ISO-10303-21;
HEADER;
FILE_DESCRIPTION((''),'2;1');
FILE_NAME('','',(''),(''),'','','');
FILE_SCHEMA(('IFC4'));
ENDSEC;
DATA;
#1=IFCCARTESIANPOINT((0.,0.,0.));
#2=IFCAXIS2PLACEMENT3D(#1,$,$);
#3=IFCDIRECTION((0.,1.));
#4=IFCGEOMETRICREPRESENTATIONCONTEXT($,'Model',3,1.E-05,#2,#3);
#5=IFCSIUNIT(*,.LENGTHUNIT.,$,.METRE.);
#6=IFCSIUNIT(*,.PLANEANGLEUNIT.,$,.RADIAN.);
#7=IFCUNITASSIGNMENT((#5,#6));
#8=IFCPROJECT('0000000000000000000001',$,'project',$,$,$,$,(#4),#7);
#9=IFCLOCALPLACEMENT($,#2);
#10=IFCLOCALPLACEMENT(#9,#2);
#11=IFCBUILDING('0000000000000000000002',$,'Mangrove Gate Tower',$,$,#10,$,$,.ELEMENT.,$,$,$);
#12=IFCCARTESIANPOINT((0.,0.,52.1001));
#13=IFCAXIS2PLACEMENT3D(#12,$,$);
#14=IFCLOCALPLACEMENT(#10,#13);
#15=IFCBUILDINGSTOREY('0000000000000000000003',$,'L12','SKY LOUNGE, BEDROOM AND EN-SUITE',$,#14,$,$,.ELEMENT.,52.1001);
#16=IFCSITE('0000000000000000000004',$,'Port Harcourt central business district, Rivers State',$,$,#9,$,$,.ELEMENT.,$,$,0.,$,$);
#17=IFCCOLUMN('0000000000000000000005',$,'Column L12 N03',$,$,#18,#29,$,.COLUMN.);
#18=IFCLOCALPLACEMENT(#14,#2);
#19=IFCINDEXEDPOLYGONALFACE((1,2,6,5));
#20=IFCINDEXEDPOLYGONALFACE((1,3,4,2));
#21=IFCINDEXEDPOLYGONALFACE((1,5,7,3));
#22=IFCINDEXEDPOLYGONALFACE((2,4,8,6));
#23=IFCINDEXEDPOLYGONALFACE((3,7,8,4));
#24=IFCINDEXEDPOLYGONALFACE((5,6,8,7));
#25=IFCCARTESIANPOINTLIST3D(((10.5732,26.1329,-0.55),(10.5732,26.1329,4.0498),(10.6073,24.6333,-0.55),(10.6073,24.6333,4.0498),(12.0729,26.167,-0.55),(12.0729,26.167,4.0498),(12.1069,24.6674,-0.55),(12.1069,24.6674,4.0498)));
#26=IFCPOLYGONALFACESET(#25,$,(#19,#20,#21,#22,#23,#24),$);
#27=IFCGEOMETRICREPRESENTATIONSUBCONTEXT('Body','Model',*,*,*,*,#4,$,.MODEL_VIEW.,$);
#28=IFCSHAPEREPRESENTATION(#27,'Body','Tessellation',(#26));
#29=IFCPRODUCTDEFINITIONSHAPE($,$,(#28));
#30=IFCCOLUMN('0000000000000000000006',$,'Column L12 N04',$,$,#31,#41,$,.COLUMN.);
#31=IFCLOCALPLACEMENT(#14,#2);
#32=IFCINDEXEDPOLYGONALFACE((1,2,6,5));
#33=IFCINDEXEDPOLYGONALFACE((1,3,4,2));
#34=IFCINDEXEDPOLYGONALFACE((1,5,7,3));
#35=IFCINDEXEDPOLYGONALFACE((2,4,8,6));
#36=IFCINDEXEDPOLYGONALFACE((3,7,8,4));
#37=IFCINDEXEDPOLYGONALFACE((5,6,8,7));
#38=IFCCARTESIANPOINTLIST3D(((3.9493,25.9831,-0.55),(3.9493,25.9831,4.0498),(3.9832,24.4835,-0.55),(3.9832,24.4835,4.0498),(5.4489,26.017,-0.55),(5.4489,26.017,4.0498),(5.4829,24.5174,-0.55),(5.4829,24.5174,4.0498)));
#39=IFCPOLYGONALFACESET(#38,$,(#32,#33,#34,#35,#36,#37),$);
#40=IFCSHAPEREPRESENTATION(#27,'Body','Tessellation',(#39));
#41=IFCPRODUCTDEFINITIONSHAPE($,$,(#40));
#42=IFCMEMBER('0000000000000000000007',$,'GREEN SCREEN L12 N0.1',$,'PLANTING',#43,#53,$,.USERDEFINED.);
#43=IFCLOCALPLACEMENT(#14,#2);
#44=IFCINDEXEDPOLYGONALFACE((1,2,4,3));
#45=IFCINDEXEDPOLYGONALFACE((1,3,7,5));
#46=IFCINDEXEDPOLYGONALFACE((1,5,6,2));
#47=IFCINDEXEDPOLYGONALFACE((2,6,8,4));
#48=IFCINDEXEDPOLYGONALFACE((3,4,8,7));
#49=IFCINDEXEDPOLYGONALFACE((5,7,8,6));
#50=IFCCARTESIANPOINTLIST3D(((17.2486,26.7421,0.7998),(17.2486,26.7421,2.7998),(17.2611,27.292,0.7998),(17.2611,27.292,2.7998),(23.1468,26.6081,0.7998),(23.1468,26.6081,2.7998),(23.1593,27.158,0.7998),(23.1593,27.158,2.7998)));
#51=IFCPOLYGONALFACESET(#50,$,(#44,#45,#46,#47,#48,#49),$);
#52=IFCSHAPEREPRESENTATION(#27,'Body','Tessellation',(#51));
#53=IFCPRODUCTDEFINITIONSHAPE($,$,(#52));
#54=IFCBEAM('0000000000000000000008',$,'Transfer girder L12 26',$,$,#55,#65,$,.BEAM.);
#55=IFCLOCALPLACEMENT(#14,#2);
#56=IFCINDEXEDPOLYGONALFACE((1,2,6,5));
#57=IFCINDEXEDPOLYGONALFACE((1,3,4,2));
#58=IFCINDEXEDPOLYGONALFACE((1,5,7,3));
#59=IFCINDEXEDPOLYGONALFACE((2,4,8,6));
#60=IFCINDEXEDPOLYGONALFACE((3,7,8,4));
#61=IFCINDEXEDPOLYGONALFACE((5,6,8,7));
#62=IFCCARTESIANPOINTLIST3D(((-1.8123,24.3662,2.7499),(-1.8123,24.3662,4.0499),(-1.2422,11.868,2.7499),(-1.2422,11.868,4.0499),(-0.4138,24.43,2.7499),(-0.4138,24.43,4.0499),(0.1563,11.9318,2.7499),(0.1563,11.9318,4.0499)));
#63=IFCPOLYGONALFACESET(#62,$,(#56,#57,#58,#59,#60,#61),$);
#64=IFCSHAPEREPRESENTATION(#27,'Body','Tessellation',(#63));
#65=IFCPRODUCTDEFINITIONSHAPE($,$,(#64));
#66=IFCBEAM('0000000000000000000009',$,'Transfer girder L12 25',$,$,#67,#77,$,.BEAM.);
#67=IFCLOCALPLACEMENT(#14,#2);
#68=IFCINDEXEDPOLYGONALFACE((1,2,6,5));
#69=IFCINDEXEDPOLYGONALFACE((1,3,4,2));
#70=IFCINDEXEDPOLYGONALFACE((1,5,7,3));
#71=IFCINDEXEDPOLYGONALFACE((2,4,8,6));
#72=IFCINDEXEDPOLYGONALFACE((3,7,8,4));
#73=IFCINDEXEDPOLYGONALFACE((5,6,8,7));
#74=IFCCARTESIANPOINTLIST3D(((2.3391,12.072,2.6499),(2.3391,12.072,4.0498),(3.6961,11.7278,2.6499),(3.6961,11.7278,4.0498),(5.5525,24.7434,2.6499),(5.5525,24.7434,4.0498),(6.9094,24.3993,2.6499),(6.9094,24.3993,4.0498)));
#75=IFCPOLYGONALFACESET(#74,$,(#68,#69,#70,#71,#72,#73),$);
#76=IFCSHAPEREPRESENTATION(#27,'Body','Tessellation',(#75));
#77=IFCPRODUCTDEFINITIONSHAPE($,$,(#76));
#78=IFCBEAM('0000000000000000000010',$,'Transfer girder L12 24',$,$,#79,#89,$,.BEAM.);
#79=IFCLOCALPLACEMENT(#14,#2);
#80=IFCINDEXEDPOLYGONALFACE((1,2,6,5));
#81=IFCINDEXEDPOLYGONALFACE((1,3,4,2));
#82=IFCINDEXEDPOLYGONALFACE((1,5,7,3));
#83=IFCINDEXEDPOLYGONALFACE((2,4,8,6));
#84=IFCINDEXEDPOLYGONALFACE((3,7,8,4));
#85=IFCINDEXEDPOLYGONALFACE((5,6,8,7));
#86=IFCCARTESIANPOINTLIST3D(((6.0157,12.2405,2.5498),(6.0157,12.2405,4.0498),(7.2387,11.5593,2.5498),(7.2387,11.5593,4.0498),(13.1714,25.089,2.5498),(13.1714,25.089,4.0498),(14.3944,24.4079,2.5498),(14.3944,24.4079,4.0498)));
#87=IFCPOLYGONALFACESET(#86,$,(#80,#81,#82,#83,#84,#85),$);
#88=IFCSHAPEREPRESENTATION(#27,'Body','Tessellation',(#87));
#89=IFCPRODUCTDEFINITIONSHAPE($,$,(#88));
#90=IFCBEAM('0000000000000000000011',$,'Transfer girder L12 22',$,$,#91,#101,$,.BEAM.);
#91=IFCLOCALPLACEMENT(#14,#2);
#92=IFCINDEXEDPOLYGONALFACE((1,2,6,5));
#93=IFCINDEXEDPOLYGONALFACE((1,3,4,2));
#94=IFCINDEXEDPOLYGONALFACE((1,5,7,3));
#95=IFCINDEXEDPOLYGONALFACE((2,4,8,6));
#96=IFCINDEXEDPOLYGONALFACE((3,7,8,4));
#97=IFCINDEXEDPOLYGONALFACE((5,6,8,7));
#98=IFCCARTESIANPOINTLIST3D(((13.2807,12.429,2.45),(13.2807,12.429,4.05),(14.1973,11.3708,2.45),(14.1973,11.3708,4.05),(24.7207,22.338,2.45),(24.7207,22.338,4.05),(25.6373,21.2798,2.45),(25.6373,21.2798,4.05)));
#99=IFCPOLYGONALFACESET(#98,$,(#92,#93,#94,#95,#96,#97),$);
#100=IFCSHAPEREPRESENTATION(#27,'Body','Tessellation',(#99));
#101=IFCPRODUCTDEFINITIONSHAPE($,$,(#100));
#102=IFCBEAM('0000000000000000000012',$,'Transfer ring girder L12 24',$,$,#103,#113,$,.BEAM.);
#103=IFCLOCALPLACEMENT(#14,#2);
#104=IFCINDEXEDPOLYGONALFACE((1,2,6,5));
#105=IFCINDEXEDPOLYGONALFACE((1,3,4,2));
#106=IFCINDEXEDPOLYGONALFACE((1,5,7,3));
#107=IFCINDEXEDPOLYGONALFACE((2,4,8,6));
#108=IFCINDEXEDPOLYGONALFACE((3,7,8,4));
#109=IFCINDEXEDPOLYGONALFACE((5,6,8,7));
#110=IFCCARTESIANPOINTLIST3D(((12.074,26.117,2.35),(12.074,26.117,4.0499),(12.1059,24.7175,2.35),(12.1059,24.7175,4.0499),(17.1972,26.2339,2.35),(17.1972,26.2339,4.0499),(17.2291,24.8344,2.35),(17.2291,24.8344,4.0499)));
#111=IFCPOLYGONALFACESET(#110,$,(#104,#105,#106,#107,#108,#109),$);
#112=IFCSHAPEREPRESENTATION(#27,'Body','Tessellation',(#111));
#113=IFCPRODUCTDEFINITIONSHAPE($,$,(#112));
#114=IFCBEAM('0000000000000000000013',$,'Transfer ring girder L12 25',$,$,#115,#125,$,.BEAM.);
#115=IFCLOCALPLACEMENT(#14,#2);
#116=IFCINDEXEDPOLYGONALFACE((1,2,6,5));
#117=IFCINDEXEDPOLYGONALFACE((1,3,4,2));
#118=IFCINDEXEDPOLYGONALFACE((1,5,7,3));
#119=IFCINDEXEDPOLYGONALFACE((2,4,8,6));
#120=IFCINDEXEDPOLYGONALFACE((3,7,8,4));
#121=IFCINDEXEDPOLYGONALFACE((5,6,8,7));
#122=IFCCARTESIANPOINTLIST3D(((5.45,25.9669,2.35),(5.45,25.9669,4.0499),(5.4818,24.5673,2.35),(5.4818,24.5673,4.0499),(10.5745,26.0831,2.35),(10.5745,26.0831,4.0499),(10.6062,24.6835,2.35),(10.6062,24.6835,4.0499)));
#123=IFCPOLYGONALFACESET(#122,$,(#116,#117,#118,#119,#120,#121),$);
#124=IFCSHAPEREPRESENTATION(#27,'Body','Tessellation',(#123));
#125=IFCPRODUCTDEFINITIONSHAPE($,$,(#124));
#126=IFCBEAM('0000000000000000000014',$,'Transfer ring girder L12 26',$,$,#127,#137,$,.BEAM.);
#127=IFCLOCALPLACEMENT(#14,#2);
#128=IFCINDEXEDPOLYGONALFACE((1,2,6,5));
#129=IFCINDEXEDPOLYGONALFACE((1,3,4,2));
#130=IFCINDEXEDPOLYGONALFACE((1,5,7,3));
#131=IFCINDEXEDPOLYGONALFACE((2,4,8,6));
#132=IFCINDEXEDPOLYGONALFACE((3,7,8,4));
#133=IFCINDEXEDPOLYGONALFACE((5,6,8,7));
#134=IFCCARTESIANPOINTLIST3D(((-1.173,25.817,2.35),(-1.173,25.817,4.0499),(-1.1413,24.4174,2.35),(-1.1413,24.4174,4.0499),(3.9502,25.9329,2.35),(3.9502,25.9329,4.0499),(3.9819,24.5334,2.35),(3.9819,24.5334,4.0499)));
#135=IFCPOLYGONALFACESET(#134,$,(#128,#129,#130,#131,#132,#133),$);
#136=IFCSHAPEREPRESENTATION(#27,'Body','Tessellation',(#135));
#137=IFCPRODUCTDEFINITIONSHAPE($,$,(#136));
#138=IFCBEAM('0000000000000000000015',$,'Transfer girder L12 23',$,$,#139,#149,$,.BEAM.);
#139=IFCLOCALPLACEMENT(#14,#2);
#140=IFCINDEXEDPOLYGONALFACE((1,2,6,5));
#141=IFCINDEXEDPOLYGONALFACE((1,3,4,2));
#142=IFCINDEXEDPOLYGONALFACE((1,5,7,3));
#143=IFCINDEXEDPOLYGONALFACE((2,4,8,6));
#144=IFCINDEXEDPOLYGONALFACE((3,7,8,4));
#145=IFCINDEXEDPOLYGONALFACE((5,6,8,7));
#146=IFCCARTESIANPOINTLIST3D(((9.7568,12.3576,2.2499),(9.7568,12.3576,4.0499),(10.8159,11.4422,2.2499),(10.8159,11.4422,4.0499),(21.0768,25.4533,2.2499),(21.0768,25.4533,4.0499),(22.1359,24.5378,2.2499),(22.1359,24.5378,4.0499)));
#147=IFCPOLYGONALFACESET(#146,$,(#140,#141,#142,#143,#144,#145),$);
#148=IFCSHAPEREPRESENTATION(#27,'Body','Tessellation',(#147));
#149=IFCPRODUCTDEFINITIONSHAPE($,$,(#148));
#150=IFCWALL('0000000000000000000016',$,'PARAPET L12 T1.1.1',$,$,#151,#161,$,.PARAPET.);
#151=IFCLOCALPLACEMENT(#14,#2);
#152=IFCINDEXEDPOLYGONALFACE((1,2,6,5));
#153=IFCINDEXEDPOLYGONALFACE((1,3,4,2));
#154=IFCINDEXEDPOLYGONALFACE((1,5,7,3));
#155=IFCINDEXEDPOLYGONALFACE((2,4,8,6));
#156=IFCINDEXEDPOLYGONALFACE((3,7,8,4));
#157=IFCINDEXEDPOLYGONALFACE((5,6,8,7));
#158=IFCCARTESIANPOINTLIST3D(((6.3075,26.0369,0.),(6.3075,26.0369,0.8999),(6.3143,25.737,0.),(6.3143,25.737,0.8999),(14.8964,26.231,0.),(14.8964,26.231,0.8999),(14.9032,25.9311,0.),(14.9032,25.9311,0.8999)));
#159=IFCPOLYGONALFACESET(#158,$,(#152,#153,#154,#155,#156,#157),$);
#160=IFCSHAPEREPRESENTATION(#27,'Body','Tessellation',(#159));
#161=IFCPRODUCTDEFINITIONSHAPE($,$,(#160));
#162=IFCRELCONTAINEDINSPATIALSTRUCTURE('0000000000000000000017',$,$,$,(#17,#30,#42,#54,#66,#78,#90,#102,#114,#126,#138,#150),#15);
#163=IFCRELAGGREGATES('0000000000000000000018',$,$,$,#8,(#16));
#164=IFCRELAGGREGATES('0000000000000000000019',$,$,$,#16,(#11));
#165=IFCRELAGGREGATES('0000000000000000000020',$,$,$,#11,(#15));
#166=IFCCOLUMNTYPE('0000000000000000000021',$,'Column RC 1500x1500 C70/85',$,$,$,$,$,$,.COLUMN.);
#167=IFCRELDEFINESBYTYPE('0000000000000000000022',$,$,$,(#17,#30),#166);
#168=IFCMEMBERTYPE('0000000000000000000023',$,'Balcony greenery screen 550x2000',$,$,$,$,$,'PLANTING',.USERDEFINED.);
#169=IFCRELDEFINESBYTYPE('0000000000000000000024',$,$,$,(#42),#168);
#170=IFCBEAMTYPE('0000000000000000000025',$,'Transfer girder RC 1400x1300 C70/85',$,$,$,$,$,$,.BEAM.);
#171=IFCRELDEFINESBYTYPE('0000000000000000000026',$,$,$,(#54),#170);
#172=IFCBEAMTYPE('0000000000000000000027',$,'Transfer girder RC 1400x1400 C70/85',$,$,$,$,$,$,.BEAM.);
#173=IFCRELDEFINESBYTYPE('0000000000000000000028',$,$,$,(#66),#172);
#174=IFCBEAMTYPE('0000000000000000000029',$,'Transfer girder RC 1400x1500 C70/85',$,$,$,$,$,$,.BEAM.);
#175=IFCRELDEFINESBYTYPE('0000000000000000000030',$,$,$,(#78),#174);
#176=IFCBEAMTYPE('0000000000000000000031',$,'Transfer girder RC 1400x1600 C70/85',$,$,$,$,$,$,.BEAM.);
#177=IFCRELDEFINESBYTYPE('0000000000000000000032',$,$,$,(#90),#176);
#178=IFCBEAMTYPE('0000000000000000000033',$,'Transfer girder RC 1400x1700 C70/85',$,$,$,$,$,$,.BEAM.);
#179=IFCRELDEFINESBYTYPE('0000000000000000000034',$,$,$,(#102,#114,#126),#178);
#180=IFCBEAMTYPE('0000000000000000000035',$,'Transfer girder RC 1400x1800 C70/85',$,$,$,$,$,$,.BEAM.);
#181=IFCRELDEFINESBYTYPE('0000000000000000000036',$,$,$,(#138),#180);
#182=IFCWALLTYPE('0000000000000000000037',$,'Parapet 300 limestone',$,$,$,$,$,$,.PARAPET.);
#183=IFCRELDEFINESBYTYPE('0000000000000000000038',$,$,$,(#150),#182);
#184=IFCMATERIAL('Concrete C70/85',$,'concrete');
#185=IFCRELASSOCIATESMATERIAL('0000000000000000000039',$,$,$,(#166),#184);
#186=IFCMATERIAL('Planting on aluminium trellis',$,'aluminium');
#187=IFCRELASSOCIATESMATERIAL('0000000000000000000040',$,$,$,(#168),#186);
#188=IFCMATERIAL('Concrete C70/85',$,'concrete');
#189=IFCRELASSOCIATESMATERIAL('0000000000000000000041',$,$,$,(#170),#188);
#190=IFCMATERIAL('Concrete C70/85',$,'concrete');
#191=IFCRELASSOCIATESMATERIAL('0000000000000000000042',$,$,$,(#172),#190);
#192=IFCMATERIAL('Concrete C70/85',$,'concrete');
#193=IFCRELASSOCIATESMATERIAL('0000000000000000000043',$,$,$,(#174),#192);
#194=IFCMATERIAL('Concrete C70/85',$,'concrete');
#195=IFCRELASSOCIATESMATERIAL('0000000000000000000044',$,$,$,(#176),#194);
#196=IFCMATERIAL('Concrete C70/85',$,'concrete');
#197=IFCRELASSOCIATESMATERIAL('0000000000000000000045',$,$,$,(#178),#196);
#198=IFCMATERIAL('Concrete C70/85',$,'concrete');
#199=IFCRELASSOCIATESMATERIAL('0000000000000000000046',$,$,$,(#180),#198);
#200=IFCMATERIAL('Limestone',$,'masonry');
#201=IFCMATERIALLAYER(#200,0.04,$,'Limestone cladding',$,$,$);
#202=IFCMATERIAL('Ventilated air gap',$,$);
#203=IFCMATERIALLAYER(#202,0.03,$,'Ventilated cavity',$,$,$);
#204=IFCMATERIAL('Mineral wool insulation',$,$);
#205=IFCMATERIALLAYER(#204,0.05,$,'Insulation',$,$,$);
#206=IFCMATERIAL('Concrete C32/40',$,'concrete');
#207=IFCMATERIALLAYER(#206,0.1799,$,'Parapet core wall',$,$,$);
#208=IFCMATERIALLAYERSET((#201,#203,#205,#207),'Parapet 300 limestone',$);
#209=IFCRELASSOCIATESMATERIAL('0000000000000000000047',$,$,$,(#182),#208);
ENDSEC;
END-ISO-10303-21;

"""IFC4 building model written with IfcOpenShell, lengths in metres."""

from ifc_helpers import new_model, si_unit, direction, frame, frame_2d, origin, origin_2d, place, context, subcontext, project, spatial, rectangle, extrude, material, layer, layer_set, material_profile, profile_set, type_object, element, save


model = new_model("IFC4")

# Units and contexts
model_context = context("Model", 3, precision=1e-05, world=origin(), true_north=direction((0.0, 1.0)))
body_context = subcontext(model_context, "Body", "Model", "MODEL_VIEW")
ifc_project = project(units=[si_unit("LENGTHUNIT", "METRE"), si_unit("PLANEANGLEUNIT", "RADIAN")], contexts=[model_context])

# Site, building, storey
site_placement = place(None, origin())
site = spatial("IfcSite", under=ifc_project, at=site_placement, Name="Port Harcourt central business district, Rivers State", CompositionType="ELEMENT", RefElevation=0.0)
building_placement = place(site_placement, origin())
building = spatial("IfcBuilding", under=site, at=building_placement, Name="Mangrove Gate Tower", CompositionType="ELEMENT")
storey_placement = place(building_placement, frame((0.0, 0.0, 52.1001)))
storey = spatial("IfcBuildingStorey", under=building, at=storey_placement, Name="L12", Description="SKY LOUNGE, BEDROOM AND EN-SUITE", CompositionType="ELEMENT", Elevation=52.1001)

# Columns
ifc_material_1 = material(Name="Concrete C70/85", Category="concrete")
ifc_material_profile_1 = material_profile(ifc_material_1, rectangle(XDim=1.5, YDim=1.5, at=origin_2d()))
ifc_profile_set_1 = profile_set([ifc_material_profile_1], Name="Concrete C70/85")
column_type = type_object("IfcColumnType", Name="Column RC 1500x1500 C70/85", PredefinedType="COLUMN", material=ifc_profile_set_1)
for number, where, z_axis, x_axis, name in (
    (1, (11.3401, 25.4001, -0.55), (0.0, 0.0, 1.0), (-0.999742, -0.022716, 0.0), "Column L12 N03"),
    (2, (4.7161, 25.2502, -0.55), (0.0, 0.0, 1.0), (-0.999744, -0.022641, 0.0), "Column L12 N04"),
):
    element("IfcColumn", number, at=place(storey_placement, frame(where, z_axis=z_axis, x_axis=x_axis)), inside=storey, type_object=column_type, Name=name, PredefinedType="COLUMN", context=body_context, shape_type="SweptSolid", body=[
        extrude(rectangle(XDim=1.5, YDim=1.5, at=origin_2d()), origin(), (0.0, 0.0, 1.0), 4.5999),
    ])

# Member
ifc_material_2 = material(Name="Planting on aluminium trellis", Category="aluminium")
ifc_material_profile_2 = material_profile(ifc_material_2, rectangle(XDim=0.55, YDim=2.0, at=origin_2d()))
ifc_profile_set_2 = profile_set([ifc_material_profile_2], Name="Planting on aluminium trellis")
member_type = type_object("IfcMemberType", Name="Balcony greenery screen 550x2000", ElementType="PLANTING", PredefinedType="USERDEFINED", material=ifc_profile_set_2)
member_placement = place(storey_placement, frame((17.2549, 27.0171, 1.7998), z_axis=(0.999742, -0.022719, 0.0), x_axis=(0.022719, 0.999742, 0.0)))
element("IfcMember", 3, at=member_placement, inside=storey, type_object=member_type, Name="GREEN SCREEN L12 N0.1", ObjectType="PLANTING", PredefinedType="USERDEFINED", context=body_context, shape_type="SweptSolid", body=[
    extrude(rectangle(XDim=0.55, YDim=2.0, at=origin_2d()), origin(), (0.0, 0.0, 1.0), 5.8997),
])

# Beams
ifc_material_3 = material(Name="Concrete C70/85", Category="concrete")
ifc_material_profile_3 = material_profile(ifc_material_3, rectangle(XDim=1.3999, YDim=1.3, at=origin_2d()))
ifc_profile_set_3 = profile_set([ifc_material_profile_3], Name="Concrete C70/85")
beam_type_1 = type_object("IfcBeamType", Name="Transfer girder RC 1400x1300 C70/85", PredefinedType="BEAM", material=ifc_profile_set_3)
beam_1_placement = place(storey_placement, frame((-0.543, 11.8999, 3.3999), z_axis=(-0.045564, 0.998961, 0.0), x_axis=(-0.998961, -0.045564, 0.0)))
element("IfcBeam", 4, at=beam_1_placement, inside=storey, type_object=beam_type_1, Name="Transfer girder L12 26", PredefinedType="BEAM", context=body_context, shape_type="SweptSolid", body=[
    extrude(rectangle(XDim=1.3999, YDim=1.3, at=origin_2d()), origin(), (0.0, 0.0, 1.0), 12.5112),
])
ifc_material_4 = material(Name="Concrete C70/85", Category="concrete")
ifc_material_profile_4 = material_profile(ifc_material_4, rectangle(XDim=1.3999, YDim=1.3999, at=origin_2d()))
ifc_profile_set_4 = profile_set([ifc_material_profile_4], Name="Concrete C70/85")
beam_type_2 = type_object("IfcBeamType", Name="Transfer girder RC 1400x1400 C70/85", PredefinedType="BEAM", material=ifc_profile_set_4)
beam_2_placement = place(storey_placement, frame((3.0176, 11.8999, 3.3499), z_axis=(0.245812, 0.969317, 0.0), x_axis=(-0.969317, 0.245812, 0.0)))
element("IfcBeam", 5, at=beam_2_placement, inside=storey, type_object=beam_type_2, Name="Transfer girder L12 25", PredefinedType="BEAM", context=body_context, shape_type="SweptSolid", body=[
    extrude(rectangle(XDim=1.3999, YDim=1.3999, at=origin_2d()), origin(), (0.0, 0.0, 1.0), 13.0725),
])
ifc_material_5 = material(Name="Concrete C70/85", Category="concrete")
ifc_material_profile_5 = material_profile(ifc_material_5, rectangle(XDim=1.3999, YDim=1.5, at=origin_2d()))
ifc_profile_set_5 = profile_set([ifc_material_profile_5], Name="Concrete C70/85")
beam_type_3 = type_object("IfcBeamType", Name="Transfer girder RC 1400x1500 C70/85", PredefinedType="BEAM", material=ifc_profile_set_5)
beam_3_placement = place(storey_placement, frame((6.6272, 11.8999, 3.2998), z_axis=(0.486559, 0.873648, 0.0), x_axis=(-0.873648, 0.486559, 0.0)))
element("IfcBeam", 6, at=beam_3_placement, inside=storey, type_object=beam_type_3, Name="Transfer girder L12 24", PredefinedType="BEAM", context=body_context, shape_type="SweptSolid", body=[
    extrude(rectangle(XDim=1.3999, YDim=1.5, at=origin_2d()), origin(), (0.0, 0.0, 1.0), 14.7068),
])
ifc_material_6 = material(Name="Concrete C70/85", Category="concrete")
ifc_material_profile_6 = material_profile(ifc_material_6, rectangle(XDim=1.3999, YDim=1.6001, at=origin_2d()))
ifc_profile_set_6 = profile_set([ifc_material_profile_6], Name="Concrete C70/85")
beam_type_4 = type_object("IfcBeamType", Name="Transfer girder RC 1400x1600 C70/85", PredefinedType="BEAM", material=ifc_profile_set_6)
beam_4_placement = place(storey_placement, frame((13.739, 11.8999, 3.25), z_axis=(0.755875, 0.654716, 0.0), x_axis=(-0.654716, 0.755875, 0.0)))
element("IfcBeam", 7, at=beam_4_placement, inside=storey, type_object=beam_type_4, Name="Transfer girder L12 22", PredefinedType="BEAM", context=body_context, shape_type="SweptSolid", body=[
    extrude(rectangle(XDim=1.3999, YDim=1.6001, at=origin_2d()), origin(), (0.0, 0.0, 1.0), 15.1348),
])
ifc_material_7 = material(Name="Concrete C70/85", Category="concrete")
ifc_material_profile_7 = material_profile(ifc_material_7, rectangle(XDim=1.3999, YDim=1.7, at=origin_2d()))
ifc_profile_set_7 = profile_set([ifc_material_profile_7], Name="Concrete C70/85")
beam_type_5 = type_object("IfcBeamType", Name="Transfer girder RC 1400x1700 C70/85", PredefinedType="BEAM", material=ifc_profile_set_7)
beam_5_placement = place(storey_placement, frame((17.2131, 25.5342, 3.2), z_axis=(-0.99974, -0.02282, 0.0), x_axis=(0.02282, -0.99974, 0.0)))
element("IfcBeam", 8, at=beam_5_placement, inside=storey, type_object=beam_type_5, Name="Transfer ring girder L12 24", PredefinedType="BEAM", context=body_context, shape_type="SweptSolid", body=[
    extrude(rectangle(XDim=1.3999, YDim=1.7, at=origin_2d()), origin(), (0.0, 0.0, 1.0), 5.1245),
])
beam_6_placement = place(storey_placement, frame((10.5903, 25.3833, 3.2), z_axis=(-0.999743, -0.022672, 0.0), x_axis=(0.022672, -0.999743, 0.0)))
element("IfcBeam", 9, at=beam_6_placement, inside=storey, type_object=beam_type_5, Name="Transfer ring girder L12 25", PredefinedType="BEAM", context=body_context, shape_type="SweptSolid", body=[
    extrude(rectangle(XDim=1.3999, YDim=1.7, at=origin_2d()), origin(), (0.0, 0.0, 1.0), 5.1257),
])
beam_7_placement = place(storey_placement, frame((3.9661, 25.2332, 3.2), z_axis=(-0.999744, -0.022629, 0.0), x_axis=(0.022629, -0.999744, 0.0)))
element("IfcBeam", 10, at=beam_7_placement, inside=storey, type_object=beam_type_5, Name="Transfer ring girder L12 26", PredefinedType="BEAM", context=body_context, shape_type="SweptSolid", body=[
    extrude(rectangle(XDim=1.3999, YDim=1.7, at=origin_2d()), origin(), (0.0, 0.0, 1.0), 5.1245),
])
ifc_material_8 = material(Name="Concrete C70/85", Category="concrete")
ifc_material_profile_8 = material_profile(ifc_material_8, rectangle(XDim=1.3999, YDim=1.8, at=origin_2d()))
ifc_profile_set_8 = profile_set([ifc_material_profile_8], Name="Concrete C70/85")
beam_type_6 = type_object("IfcBeamType", Name="Transfer girder RC 1400x1800 C70/85", PredefinedType="BEAM", material=ifc_profile_set_8)
beam_8_placement = place(storey_placement, frame((10.2864, 11.8999, 3.1499), z_axis=(0.653955, 0.756533, 0.0), x_axis=(-0.756533, 0.653955, 0.0)))
element("IfcBeam", 11, at=beam_8_placement, inside=storey, type_object=beam_type_6, Name="Transfer girder L12 23", PredefinedType="BEAM", context=body_context, shape_type="SweptSolid", body=[
    extrude(rectangle(XDim=1.3999, YDim=1.8, at=origin_2d()), origin(), (0.0, 0.0, 1.0), 17.3101),
])

# Wall
ifc_material_9 = material(Name="Limestone", Category="masonry")
ifc_layer_1 = layer(ifc_material_9, 0.04, Name="Limestone cladding")
ifc_material_10 = material(Name="Ventilated air gap")
ifc_layer_2 = layer(ifc_material_10, 0.03, Name="Ventilated cavity")
ifc_material_11 = material(Name="Mineral wool insulation")
ifc_layer_3 = layer(ifc_material_11, 0.05, Name="Insulation")
ifc_material_12 = material(Name="Concrete C32/40", Category="concrete")
ifc_layer_4 = layer(ifc_material_12, 0.1799, Name="Parapet core wall")
ifc_layer_set_1 = layer_set([ifc_layer_1, ifc_layer_2, ifc_layer_3, ifc_layer_4], Name="Parapet 300 limestone")
wall_type_1 = type_object("IfcWallType", Name="Parapet 300 limestone", PredefinedType="PARAPET", material=ifc_layer_set_1)
wall_1_placement = place(storey_placement, frame((6.311, 25.887, 0.0), z_axis=(0.0, 0.0, 1.0), x_axis=(0.999745, 0.022592, 0.0)))
element("IfcWall", 12, at=wall_1_placement, inside=storey, type_object=wall_type_1, Name="PARAPET L12 T1.1.1", PredefinedType="PARAPET", context=body_context, shape_type="SweptSolid", body=[
    extrude(rectangle(XDim=8.5911, YDim=0.3, at=frame_2d((4.2954, 0.0))), origin(), (0.0, 0.0, 1.0), 0.8999),
])

save(model, "model.ifc")
